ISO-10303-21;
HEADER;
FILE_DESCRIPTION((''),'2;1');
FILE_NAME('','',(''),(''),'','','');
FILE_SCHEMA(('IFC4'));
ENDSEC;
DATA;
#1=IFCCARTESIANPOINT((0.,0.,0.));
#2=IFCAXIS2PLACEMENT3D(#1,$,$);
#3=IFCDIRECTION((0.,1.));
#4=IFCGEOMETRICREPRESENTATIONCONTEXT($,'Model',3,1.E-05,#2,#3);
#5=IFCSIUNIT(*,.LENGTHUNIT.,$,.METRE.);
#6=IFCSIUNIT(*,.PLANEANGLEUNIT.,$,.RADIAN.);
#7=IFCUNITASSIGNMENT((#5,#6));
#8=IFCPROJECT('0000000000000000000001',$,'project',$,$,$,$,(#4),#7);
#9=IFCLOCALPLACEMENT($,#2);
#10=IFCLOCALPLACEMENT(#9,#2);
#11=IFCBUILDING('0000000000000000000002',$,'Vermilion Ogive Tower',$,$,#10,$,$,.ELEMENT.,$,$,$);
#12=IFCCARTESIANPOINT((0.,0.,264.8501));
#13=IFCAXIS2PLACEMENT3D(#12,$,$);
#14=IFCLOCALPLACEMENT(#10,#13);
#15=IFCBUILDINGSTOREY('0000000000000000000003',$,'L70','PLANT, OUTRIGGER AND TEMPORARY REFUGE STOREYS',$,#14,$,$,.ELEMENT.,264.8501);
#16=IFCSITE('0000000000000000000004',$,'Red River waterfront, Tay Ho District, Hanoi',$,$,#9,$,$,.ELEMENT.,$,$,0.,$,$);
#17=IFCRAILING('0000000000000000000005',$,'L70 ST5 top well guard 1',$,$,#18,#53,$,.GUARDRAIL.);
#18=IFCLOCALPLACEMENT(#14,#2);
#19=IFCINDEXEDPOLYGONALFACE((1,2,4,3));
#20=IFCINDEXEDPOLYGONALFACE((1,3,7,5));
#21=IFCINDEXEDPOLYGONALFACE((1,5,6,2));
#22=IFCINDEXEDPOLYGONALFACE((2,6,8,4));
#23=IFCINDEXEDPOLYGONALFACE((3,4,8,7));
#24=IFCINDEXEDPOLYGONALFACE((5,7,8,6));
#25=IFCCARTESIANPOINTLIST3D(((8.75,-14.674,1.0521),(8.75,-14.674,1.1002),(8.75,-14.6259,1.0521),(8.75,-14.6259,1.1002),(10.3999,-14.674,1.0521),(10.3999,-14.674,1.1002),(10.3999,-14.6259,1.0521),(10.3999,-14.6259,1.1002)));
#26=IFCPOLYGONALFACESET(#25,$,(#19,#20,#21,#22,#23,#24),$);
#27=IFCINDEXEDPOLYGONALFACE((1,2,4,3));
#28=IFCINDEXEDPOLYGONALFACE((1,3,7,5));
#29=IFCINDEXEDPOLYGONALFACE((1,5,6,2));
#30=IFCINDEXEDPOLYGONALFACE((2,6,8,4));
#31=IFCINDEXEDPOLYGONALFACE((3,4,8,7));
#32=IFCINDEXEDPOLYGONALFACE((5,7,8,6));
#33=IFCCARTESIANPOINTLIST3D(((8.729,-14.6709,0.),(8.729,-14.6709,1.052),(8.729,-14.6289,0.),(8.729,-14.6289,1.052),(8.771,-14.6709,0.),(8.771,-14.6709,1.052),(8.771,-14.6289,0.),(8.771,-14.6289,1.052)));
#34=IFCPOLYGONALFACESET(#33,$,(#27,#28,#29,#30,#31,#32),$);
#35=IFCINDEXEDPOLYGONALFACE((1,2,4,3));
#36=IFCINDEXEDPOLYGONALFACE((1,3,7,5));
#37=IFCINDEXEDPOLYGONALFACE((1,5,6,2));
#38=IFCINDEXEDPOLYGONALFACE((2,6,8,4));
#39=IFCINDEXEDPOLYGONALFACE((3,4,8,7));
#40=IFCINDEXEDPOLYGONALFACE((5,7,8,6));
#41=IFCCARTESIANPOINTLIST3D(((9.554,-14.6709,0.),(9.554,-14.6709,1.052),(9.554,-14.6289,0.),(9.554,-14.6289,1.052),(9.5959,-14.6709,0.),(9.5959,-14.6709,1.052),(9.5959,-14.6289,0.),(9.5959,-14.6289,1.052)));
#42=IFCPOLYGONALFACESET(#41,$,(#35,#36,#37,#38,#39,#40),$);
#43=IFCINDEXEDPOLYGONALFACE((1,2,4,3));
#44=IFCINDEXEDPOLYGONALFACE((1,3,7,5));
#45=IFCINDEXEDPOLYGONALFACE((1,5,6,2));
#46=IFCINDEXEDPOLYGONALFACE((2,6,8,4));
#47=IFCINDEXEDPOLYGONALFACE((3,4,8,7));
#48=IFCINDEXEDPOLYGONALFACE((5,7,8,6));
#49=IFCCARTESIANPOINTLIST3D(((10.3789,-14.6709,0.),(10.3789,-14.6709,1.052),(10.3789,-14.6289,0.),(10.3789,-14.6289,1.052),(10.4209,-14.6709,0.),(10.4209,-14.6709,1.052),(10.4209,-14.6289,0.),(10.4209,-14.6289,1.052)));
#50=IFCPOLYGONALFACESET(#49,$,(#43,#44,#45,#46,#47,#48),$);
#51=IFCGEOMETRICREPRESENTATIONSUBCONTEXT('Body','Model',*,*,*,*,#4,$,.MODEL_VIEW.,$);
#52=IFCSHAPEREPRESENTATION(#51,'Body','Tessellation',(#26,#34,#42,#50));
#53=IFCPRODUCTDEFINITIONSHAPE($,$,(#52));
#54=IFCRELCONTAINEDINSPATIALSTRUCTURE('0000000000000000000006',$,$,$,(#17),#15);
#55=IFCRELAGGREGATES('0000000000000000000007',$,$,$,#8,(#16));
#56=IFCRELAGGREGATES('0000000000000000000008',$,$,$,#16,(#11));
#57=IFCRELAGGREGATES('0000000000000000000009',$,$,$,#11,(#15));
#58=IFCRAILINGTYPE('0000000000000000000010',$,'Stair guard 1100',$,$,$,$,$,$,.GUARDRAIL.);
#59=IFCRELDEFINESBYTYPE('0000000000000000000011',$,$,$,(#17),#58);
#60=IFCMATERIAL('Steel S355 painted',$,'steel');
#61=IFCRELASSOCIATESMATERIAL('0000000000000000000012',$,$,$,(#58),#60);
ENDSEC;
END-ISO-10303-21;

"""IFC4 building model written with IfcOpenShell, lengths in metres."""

from ifc_helpers import new_model, si_unit, direction, frame, origin, origin_2d, place, context, subcontext, project, spatial, rectangle, extrude, material, type_object, element, save


model = new_model("IFC4")

# Units and contexts
model_context = context("Model", 3, precision=1e-05, world=origin(), true_north=direction((0.0, 1.0)))
body_context = subcontext(model_context, "Body", "Model", "MODEL_VIEW")
ifc_project = project(units=[si_unit("LENGTHUNIT", "METRE"), si_unit("PLANEANGLEUNIT", "RADIAN")], contexts=[model_context])

# Site, building, storey
site_placement = place(None, origin())
site = spatial("IfcSite", under=ifc_project, at=site_placement, Name="Red River waterfront, Tay Ho District, Hanoi", CompositionType="ELEMENT", RefElevation=0.0)
building_placement = place(site_placement, origin())
building = spatial("IfcBuilding", under=site, at=building_placement, Name="Vermilion Ogive Tower", CompositionType="ELEMENT")
storey_placement = place(building_placement, frame((0.0, 0.0, 264.8501)))
storey = spatial("IfcBuildingStorey", under=building, at=storey_placement, Name="L70", Description="PLANT, OUTRIGGER AND TEMPORARY REFUGE STOREYS", CompositionType="ELEMENT", Elevation=264.8501)

# Railing
ifc_material_1 = material(Name="Steel S355 painted", Category="steel")
railing_type = type_object("IfcRailingType", Name="Stair guard 1100", PredefinedType="GUARDRAIL", material=ifc_material_1)
railing_placement = place(storey_placement, frame((8.75, -14.6499, 0.0)))
element("IfcRailing", 1, at=railing_placement, inside=storey, type_object=railing_type, Name="L70 ST5 top well guard 1", PredefinedType="GUARDRAIL", context=body_context, shape_type="SweptSolid", body=[
    extrude(rectangle(XDim=0.0481, YDim=0.0481, at=origin_2d()), frame((0.0, 0.0, 1.0762), z_axis=(1.0, 0.0, 0.0), x_axis=(0.0, 1.0, 0.0)), (0.0, 0.0, 1.0), 1.6499),
    extrude(rectangle(XDim=0.042, YDim=0.042, at=origin_2d()), origin(), (0.0, 0.0, 1.0), 1.052),
    extrude(rectangle(XDim=0.042, YDim=0.042, at=origin_2d()), frame((0.825, 0.0, 0.0)), (0.0, 0.0, 1.0), 1.052),
    extrude(rectangle(XDim=0.042, YDim=0.042, at=origin_2d()), frame((1.6499, 0.0, 0.0)), (0.0, 0.0, 1.0), 1.052),
])

save(model, "model.ifc")
